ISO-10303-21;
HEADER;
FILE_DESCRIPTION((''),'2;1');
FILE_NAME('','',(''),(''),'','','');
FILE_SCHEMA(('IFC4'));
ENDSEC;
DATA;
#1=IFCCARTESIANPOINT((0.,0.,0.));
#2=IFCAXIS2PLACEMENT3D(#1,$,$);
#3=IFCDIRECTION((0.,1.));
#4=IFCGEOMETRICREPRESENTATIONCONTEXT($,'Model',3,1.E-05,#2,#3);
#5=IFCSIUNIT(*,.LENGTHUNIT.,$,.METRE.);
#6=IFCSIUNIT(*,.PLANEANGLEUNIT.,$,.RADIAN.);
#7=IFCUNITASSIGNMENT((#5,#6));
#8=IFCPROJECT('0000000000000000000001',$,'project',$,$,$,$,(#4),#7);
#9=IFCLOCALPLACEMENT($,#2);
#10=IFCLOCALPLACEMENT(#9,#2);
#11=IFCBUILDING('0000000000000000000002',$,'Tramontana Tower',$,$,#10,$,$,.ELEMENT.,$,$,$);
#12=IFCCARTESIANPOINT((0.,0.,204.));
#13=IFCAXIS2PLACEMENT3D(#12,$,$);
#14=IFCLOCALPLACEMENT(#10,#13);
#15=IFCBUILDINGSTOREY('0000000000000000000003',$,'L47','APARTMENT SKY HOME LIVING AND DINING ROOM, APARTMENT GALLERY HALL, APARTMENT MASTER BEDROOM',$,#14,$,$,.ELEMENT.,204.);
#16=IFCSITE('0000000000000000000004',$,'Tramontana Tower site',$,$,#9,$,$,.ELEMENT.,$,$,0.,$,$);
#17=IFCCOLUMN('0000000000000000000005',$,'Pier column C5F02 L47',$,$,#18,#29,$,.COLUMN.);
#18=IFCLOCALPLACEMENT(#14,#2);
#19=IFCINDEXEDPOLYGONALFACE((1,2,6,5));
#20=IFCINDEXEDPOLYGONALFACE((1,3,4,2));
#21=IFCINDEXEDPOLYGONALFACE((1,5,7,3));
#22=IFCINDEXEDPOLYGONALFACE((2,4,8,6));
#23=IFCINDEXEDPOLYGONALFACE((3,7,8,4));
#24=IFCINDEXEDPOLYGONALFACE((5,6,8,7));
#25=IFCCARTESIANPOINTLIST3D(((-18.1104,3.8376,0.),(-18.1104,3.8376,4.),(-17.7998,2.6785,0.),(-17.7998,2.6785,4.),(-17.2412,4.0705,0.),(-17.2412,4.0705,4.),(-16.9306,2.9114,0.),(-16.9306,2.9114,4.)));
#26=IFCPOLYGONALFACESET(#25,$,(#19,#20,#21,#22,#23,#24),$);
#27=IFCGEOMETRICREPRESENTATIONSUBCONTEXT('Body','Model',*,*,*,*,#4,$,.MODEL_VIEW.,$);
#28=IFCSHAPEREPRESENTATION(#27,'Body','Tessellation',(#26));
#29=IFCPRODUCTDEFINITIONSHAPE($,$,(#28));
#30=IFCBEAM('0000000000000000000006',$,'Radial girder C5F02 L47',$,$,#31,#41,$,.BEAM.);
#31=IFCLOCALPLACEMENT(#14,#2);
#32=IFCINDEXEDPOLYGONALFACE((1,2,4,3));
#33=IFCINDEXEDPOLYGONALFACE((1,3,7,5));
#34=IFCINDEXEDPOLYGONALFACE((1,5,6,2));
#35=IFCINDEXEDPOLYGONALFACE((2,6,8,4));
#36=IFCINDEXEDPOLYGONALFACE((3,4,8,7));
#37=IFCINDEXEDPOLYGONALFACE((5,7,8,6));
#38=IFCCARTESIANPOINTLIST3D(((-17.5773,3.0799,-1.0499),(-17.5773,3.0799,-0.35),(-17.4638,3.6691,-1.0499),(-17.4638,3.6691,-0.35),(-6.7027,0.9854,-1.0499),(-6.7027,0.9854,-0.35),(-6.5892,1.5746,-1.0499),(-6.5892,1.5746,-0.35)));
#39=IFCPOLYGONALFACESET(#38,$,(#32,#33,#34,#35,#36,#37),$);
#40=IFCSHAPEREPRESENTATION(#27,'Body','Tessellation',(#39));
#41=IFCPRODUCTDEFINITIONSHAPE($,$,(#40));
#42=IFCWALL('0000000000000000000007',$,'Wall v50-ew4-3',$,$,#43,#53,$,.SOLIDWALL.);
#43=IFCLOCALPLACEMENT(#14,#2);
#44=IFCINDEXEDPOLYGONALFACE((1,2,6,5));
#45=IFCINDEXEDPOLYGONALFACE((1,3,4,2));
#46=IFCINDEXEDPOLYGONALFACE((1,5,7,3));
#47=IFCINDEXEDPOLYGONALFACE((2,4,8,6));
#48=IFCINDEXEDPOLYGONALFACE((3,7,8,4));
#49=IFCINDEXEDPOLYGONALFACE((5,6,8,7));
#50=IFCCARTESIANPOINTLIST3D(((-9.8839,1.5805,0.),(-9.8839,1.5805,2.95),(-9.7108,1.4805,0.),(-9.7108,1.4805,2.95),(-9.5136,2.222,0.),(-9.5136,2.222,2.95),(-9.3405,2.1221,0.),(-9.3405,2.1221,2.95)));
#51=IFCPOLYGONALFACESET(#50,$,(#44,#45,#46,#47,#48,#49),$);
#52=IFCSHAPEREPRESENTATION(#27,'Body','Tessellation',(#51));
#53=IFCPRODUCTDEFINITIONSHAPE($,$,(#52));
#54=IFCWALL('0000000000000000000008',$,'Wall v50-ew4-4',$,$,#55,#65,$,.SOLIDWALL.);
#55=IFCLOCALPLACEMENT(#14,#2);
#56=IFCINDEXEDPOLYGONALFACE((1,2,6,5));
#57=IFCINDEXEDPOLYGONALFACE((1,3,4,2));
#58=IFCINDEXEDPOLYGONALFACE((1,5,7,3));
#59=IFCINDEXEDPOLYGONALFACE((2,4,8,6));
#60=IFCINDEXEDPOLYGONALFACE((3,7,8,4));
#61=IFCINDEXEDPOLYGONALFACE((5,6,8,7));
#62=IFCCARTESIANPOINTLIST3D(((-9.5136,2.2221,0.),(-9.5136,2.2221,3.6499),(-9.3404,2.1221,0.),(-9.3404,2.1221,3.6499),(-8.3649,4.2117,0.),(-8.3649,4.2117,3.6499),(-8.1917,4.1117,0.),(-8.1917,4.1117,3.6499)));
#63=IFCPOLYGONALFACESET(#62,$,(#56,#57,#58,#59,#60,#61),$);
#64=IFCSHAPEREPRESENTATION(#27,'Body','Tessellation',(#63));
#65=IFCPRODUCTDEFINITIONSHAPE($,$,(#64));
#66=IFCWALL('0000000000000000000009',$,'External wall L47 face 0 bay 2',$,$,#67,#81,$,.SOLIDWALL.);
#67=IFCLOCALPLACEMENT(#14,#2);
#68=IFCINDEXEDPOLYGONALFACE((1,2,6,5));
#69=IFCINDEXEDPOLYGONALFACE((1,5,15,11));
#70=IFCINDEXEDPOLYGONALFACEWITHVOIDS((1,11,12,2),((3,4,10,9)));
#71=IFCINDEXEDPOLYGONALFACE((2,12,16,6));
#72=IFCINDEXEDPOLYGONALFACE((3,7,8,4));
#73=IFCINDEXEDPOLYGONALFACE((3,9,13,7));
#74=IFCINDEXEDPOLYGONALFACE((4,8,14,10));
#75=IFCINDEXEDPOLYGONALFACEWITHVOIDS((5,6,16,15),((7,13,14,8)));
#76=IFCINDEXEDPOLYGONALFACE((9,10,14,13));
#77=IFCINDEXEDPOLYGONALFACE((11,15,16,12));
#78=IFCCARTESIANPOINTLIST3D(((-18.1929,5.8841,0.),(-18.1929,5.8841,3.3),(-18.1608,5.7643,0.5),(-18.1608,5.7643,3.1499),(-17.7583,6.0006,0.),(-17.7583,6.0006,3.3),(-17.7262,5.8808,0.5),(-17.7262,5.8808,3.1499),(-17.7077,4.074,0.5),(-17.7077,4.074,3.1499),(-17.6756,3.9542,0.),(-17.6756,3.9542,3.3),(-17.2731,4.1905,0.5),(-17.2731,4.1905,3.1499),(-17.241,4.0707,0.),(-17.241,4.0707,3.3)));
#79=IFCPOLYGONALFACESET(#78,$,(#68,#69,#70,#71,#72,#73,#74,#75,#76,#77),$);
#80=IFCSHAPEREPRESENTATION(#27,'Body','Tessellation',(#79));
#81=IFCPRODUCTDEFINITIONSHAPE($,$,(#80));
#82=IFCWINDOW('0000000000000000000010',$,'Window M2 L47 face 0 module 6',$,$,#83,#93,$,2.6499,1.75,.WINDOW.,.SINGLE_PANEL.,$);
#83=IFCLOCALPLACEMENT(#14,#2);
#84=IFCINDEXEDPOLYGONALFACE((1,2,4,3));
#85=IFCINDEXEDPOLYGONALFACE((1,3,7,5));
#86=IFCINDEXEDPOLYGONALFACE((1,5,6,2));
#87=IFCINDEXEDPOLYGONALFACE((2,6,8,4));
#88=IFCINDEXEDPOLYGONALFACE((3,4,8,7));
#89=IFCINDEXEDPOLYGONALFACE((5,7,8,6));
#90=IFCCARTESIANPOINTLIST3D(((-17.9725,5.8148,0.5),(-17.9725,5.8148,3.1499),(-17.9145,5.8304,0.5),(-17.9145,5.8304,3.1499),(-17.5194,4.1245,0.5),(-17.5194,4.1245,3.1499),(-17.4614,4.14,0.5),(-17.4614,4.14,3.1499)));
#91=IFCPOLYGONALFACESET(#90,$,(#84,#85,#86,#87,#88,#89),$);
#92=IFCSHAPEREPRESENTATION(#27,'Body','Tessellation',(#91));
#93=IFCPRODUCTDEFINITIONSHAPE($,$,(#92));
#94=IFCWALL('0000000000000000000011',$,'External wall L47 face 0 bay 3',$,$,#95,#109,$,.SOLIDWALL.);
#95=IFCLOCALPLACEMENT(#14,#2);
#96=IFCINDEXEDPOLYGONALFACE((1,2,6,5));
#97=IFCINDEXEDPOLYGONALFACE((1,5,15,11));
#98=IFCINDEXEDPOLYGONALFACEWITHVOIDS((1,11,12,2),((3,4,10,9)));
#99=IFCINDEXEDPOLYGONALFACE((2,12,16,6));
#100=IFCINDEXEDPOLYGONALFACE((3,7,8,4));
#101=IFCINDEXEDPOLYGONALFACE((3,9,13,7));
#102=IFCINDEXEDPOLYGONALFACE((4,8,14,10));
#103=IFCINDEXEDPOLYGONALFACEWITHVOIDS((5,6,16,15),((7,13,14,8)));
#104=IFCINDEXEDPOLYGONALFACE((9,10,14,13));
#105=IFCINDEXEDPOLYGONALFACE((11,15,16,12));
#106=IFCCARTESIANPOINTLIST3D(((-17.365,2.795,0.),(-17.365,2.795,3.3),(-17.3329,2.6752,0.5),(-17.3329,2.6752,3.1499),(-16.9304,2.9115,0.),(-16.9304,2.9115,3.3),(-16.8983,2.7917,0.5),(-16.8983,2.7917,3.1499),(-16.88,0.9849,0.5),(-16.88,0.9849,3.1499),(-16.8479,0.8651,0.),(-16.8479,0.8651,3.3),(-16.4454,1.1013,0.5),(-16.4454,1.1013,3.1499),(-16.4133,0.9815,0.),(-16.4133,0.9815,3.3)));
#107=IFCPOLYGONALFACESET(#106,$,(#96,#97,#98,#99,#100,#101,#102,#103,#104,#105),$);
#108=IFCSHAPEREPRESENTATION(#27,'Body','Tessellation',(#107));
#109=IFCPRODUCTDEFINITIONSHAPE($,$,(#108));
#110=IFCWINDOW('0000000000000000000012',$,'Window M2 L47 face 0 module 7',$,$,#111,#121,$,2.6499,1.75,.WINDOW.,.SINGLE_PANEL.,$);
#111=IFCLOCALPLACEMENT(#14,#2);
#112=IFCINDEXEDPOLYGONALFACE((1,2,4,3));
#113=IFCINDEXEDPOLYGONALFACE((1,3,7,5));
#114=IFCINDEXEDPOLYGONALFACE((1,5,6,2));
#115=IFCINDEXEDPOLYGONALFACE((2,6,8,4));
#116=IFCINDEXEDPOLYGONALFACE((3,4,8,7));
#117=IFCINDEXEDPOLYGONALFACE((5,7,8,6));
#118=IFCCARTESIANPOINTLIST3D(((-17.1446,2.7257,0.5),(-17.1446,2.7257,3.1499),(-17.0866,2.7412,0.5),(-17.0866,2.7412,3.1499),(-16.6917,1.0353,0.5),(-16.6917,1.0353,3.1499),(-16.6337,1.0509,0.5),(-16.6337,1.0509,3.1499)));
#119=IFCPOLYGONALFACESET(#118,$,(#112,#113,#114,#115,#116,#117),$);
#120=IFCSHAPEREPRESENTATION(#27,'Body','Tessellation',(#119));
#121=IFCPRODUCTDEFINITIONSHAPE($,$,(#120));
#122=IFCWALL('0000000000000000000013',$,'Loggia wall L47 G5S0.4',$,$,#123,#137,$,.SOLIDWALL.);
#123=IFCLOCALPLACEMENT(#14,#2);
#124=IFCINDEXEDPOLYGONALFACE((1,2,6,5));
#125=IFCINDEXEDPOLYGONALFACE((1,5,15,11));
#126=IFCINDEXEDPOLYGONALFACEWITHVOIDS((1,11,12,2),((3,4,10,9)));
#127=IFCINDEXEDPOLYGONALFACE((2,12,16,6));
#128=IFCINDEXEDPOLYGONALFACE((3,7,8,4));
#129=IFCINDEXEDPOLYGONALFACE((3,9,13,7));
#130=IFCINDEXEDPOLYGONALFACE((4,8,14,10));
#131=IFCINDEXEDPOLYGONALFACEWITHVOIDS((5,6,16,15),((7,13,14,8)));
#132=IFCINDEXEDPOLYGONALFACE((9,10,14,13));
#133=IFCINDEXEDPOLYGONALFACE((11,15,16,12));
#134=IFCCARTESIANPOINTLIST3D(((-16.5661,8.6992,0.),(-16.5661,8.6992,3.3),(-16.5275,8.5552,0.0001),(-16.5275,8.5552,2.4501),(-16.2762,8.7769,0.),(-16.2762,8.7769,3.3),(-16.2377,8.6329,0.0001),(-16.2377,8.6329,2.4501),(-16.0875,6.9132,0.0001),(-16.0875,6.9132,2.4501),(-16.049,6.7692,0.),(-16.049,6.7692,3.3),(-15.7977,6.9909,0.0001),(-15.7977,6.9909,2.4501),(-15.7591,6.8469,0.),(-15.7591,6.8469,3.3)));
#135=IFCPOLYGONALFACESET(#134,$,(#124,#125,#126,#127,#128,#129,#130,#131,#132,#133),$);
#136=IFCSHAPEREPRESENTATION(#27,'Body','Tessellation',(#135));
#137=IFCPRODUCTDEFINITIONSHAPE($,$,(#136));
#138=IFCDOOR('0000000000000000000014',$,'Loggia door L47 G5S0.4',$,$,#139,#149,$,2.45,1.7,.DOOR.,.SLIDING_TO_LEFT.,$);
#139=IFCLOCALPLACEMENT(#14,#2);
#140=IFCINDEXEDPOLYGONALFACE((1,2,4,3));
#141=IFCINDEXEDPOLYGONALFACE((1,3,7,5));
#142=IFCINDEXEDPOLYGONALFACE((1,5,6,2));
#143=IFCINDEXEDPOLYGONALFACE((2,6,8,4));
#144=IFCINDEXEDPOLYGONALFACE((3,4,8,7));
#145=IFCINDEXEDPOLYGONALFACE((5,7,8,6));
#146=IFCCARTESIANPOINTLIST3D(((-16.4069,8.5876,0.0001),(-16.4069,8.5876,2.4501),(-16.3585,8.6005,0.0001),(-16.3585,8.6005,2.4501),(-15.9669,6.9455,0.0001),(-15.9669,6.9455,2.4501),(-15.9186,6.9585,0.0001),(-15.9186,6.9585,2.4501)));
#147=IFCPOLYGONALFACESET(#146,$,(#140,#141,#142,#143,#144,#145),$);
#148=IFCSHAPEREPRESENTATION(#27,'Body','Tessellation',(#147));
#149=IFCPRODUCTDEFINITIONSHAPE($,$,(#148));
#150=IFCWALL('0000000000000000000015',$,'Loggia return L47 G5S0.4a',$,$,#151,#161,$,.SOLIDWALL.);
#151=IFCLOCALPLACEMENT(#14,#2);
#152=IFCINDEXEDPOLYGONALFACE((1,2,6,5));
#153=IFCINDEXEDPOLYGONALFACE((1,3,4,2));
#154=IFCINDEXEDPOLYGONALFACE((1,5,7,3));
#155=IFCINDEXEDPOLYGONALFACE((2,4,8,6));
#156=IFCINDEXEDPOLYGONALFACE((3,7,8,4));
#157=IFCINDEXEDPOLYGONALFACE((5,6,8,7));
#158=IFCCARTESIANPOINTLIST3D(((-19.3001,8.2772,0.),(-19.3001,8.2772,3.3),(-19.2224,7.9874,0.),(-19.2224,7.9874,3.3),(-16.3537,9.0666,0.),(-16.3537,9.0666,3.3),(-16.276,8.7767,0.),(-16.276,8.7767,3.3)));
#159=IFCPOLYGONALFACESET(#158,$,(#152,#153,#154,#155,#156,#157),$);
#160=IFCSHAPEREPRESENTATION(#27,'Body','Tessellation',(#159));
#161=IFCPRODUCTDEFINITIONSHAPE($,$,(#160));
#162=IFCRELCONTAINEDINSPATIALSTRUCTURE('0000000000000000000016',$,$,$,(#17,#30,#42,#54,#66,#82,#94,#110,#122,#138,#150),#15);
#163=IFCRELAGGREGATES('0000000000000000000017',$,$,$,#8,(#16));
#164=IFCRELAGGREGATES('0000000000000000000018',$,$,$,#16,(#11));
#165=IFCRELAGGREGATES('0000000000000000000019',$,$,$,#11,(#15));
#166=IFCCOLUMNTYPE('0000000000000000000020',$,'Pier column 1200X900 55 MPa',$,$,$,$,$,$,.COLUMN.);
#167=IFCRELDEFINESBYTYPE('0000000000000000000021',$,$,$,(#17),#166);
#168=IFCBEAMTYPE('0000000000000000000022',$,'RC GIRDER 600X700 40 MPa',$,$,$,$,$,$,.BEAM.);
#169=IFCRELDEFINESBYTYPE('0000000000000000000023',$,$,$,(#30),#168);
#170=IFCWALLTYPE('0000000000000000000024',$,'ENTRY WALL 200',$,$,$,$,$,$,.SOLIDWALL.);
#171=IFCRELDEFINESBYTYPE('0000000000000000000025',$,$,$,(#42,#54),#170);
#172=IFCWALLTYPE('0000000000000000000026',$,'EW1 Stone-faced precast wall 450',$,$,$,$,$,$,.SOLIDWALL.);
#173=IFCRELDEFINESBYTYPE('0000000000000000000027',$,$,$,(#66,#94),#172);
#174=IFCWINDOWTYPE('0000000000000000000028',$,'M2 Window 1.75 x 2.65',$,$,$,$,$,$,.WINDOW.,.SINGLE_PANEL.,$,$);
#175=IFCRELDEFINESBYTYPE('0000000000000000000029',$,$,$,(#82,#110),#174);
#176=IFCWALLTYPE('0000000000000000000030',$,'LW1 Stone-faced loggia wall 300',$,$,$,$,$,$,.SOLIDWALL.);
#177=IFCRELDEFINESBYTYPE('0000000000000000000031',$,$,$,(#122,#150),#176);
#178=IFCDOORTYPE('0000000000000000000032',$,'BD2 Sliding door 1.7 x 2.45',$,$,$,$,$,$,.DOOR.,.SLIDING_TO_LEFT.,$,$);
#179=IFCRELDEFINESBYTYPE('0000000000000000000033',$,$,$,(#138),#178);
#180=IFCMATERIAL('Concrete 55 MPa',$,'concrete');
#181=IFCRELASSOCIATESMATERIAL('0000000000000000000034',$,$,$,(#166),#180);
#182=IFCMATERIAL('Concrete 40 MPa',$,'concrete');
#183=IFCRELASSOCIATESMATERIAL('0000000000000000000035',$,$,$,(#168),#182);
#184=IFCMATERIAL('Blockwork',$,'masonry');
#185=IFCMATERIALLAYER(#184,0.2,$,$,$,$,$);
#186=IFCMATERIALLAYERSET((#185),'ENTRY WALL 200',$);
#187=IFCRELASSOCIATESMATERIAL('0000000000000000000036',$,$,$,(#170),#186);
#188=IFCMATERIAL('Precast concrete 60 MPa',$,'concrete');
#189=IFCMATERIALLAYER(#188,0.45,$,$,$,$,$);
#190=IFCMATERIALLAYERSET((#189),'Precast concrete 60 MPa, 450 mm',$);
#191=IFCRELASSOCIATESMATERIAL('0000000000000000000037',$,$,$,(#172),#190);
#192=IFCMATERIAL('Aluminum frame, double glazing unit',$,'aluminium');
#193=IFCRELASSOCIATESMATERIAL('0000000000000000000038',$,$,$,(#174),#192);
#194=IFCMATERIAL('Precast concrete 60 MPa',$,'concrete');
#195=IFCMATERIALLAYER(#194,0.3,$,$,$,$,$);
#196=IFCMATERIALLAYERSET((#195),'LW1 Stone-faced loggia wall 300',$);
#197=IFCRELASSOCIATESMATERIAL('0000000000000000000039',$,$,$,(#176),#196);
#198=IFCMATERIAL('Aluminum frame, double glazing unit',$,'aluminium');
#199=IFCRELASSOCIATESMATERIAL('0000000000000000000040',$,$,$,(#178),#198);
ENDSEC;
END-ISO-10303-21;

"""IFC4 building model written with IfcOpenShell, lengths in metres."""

from ifc_helpers import new_model, si_unit, direction, frame, frame_2d, origin, origin_2d, place, context, subcontext, project, spatial, rectangle, extrude, material, layer, layer_set, material_profile, profile_set, type_object, element, fill, save


model = new_model("IFC4")

# Units and contexts
model_context = context("Model", 3, precision=1e-05, world=origin(), true_north=direction((0.0, 1.0)))
body_context = subcontext(model_context, "Body", "Model", "MODEL_VIEW")
ifc_project = project(units=[si_unit("LENGTHUNIT", "METRE"), si_unit("PLANEANGLEUNIT", "RADIAN")], contexts=[model_context])

# Site, building, storey
site_placement = place(None, origin())
site = spatial("IfcSite", under=ifc_project, at=site_placement, Name="Tramontana Tower site", CompositionType="ELEMENT", RefElevation=0.0)
building_placement = place(site_placement, origin())
building = spatial("IfcBuilding", under=site, at=building_placement, Name="Tramontana Tower", CompositionType="ELEMENT")
storey_placement = place(building_placement, frame((0.0, 0.0, 204.0)))
storey = spatial("IfcBuildingStorey", under=building, at=storey_placement, Name="L47", Description="APARTMENT SKY HOME LIVING AND DINING ROOM, APARTMENT GALLERY HALL, APARTMENT MASTER BEDROOM", CompositionType="ELEMENT", Elevation=204.0)

# Column
ifc_material_1 = material(Name="Concrete 55 MPa", Category="concrete")
ifc_material_profile_1 = material_profile(ifc_material_1, rectangle(XDim=1.2, YDim=0.8999, at=origin_2d()), Name="Pier column 1200X900 55 MPa")
ifc_profile_set_1 = profile_set([ifc_material_profile_1], Name="Concrete 55 MPa")
column_type = type_object("IfcColumnType", Name="Pier column 1200X900 55 MPa", PredefinedType="COLUMN", material=ifc_profile_set_1)
column_placement = place(storey_placement, frame((-17.5205, 3.3745, 0.0), z_axis=(0.0, 0.0, 1.0), x_axis=(0.258819, -0.965926, 0.0)))
element("IfcColumn", 1, at=column_placement, inside=storey, type_object=column_type, Name="Pier column C5F02 L47", PredefinedType="COLUMN", context=body_context, shape_type="SweptSolid", body=[
    extrude(rectangle(XDim=1.2, YDim=0.8999, at=origin_2d()), origin(), (0.0, 0.0, 1.0), 4.0),
])

# Beam
ifc_material_2 = material(Name="Concrete 40 MPa", Category="concrete")
ifc_material_profile_2 = material_profile(ifc_material_2, rectangle(XDim=0.6001, YDim=0.7, at=origin_2d()), Name="RC GIRDER 600X700 40 MPa")
ifc_profile_set_2 = profile_set([ifc_material_profile_2], Name="Concrete 40 MPa")
beam_type = type_object("IfcBeamType", Name="RC GIRDER 600X700 40 MPa", PredefinedType="BEAM", material=ifc_profile_set_2)
beam_placement = place(storey_placement, frame((-17.5205, 3.3745, -0.7), z_axis=(0.981952, -0.189129, 0.0), x_axis=(0.189129, 0.981952, 0.0)))
element("IfcBeam", 2, at=beam_placement, inside=storey, type_object=beam_type, Name="Radial girder C5F02 L47", PredefinedType="BEAM", context=body_context, shape_type="SweptSolid", body=[
    extrude(rectangle(XDim=0.6001, YDim=0.7, at=origin_2d()), origin(), (0.0, 0.0, 1.0), 11.0745),
])

# Walls
ifc_material_3 = material(Name="Blockwork", Category="masonry")
ifc_layer_1 = layer(ifc_material_3, 0.2)
ifc_layer_set_1 = layer_set([ifc_layer_1], Name="ENTRY WALL 200")
wall_type_1 = type_object("IfcWallType", Name="ENTRY WALL 200", PredefinedType="SOLIDWALL", material=ifc_layer_set_1)
wall_1_placement = place(storey_placement, frame((-9.7974, 1.5305, 0.0), z_axis=(0.0, 0.0, 1.0), x_axis=(0.499932, 0.866065, 0.0)))
element("IfcWall", 3, at=wall_1_placement, inside=storey, type_object=wall_type_1, Name="Wall v50-ew4-3", PredefinedType="SOLIDWALL", context=body_context, shape_type="SweptSolid", body=[
    extrude(rectangle(XDim=0.7407, YDim=0.2, at=frame_2d((0.3704, 0.0))), origin(), (0.0, 0.0, 1.0), 2.95),
])
wall_2_placement = place(storey_placement, frame((-9.427, 2.1721, 0.0), z_axis=(0.0, 0.0, 1.0), x_axis=(0.500014, 0.866017, 0.0)))
element("IfcWall", 4, at=wall_2_placement, inside=storey, type_object=wall_type_1, Name="Wall v50-ew4-4", PredefinedType="SOLIDWALL", context=body_context, shape_type="SweptSolid", body=[
    extrude(rectangle(XDim=2.2974, YDim=0.2, at=frame_2d((1.1487, 0.0))), origin(), (0.0, 0.0, 1.0), 3.6499),
])

# Walls, openings, windows
ifc_material_4 = material(Name="Precast concrete 60 MPa", Category="concrete")
ifc_layer_2 = layer(ifc_material_4, 0.45)
ifc_layer_set_2 = layer_set([ifc_layer_2], Name="Precast concrete 60 MPa, 450 mm")
wall_type_2 = type_object("IfcWallType", Name="EW1 Stone-faced precast wall 450", PredefinedType="SOLIDWALL", material=ifc_layer_set_2)
wall_3_placement = place(storey_placement, frame((-17.9756, 5.9424, 0.0), z_axis=(0.0, 0.0, 1.0), x_axis=(0.258917, -0.9659, 0.0)))
wall_3 = element("IfcWall", 5, at=wall_3_placement, inside=storey, type_object=wall_type_2, Name="External wall L47 face 0 bay 2", PredefinedType="SOLIDWALL", context=body_context, shape_type="SweptSolid", body=[
    extrude(rectangle(XDim=1.998, YDim=0.45, at=frame_2d((0.999, 0.0))), origin(), (0.0, 0.0, 1.0), 3.3),
])
opening_1_placement = place(wall_3_placement, frame((0.124, 0.0, 0.5)))
opening_1 = element("IfcOpeningElement", 6, at=opening_1_placement, cuts=wall_3, PredefinedType="OPENING", context=body_context, shape_type="SweptSolid", body=[
    extrude(rectangle(XDim=1.75, YDim=2.6499, at=frame_2d((0.875, 1.325))), frame((0.0, 0.2349, 0.0), z_axis=(0.0, -1.0, 0.0), x_axis=(1.0, 0.0, 0.0)), (0.0, 0.0, 1.0), 0.47),
])
ifc_material_5 = material(Name="Aluminum frame, double glazing unit", Category="aluminium")
window_type = type_object("IfcWindowType", Name="M2 Window 1.75 x 2.65", PartitioningType="SINGLE_PANEL", PredefinedType="WINDOW", material=ifc_material_5)
window_1_placement = place(opening_1_placement, origin())
window_1 = element("IfcWindow", 7, at=window_1_placement, inside=storey, type_object=window_type, Name="Window M2 L47 face 0 module 6", OverallHeight=2.6499, OverallWidth=1.75, PartitioningType="SINGLE_PANEL", PredefinedType="WINDOW", context=body_context, shape_type="SweptSolid", body=[
    extrude(rectangle(XDim=1.75, YDim=2.6499, at=frame_2d((0.875, 1.325))), frame((0.0, 0.03, 0.0), z_axis=(0.0, -1.0, 0.0), x_axis=(1.0, 0.0, 0.0)), (0.0, 0.0, 1.0), 0.0601),
])
fill(opening_1, window_1)
wall_4_placement = place(storey_placement, frame((-17.1477, 2.8533, 0.0), z_axis=(0.0, 0.0, 1.0), x_axis=(0.258803, -0.96593, 0.0)))
wall_4 = element("IfcWall", 8, at=wall_4_placement, inside=storey, type_object=wall_type_2, Name="External wall L47 face 0 bay 3", PredefinedType="SOLIDWALL", context=body_context, shape_type="SweptSolid", body=[
    extrude(rectangle(XDim=1.998, YDim=0.45, at=frame_2d((0.999, 0.0))), origin(), (0.0, 0.0, 1.0), 3.3),
])
opening_2_placement = place(wall_4_placement, frame((0.124, 0.0, 0.5)))
opening_2 = element("IfcOpeningElement", 9, at=opening_2_placement, cuts=wall_4, PredefinedType="OPENING", context=body_context, shape_type="SweptSolid", body=[
    extrude(rectangle(XDim=1.75, YDim=2.6499, at=frame_2d((0.875, 1.325))), frame((0.0, 0.2349, 0.0), z_axis=(0.0, -1.0, 0.0), x_axis=(1.0, 0.0, 0.0)), (0.0, 0.0, 1.0), 0.47),
])
window_2_placement = place(opening_2_placement, origin())
window_2 = element("IfcWindow", 10, at=window_2_placement, inside=storey, type_object=window_type, Name="Window M2 L47 face 0 module 7", OverallHeight=2.6499, OverallWidth=1.75, PartitioningType="SINGLE_PANEL", PredefinedType="WINDOW", context=body_context, shape_type="SweptSolid", body=[
    extrude(rectangle(XDim=1.75, YDim=2.6499, at=frame_2d((0.875, 1.325))), frame((0.0, 0.03, 0.0), z_axis=(0.0, -1.0, 0.0), x_axis=(1.0, 0.0, 0.0)), (0.0, 0.0, 1.0), 0.0601),
])
fill(opening_2, window_2)

# Wall, opening, door
ifc_material_6 = material(Name="Precast concrete 60 MPa", Category="concrete")
ifc_layer_3 = layer(ifc_material_6, 0.3)
ifc_layer_set_3 = layer_set([ifc_layer_3], Name="LW1 Stone-faced loggia wall 300")
wall_type_3 = type_object("IfcWallType", Name="LW1 Stone-faced loggia wall 300", PredefinedType="SOLIDWALL", material=ifc_layer_set_3)
wall_5_placement = place(storey_placement, frame((-16.4211, 8.738, 0.0), z_axis=(0.0, 0.0, 1.0), x_axis=(0.258803, -0.96593, 0.0)))
wall_5 = element("IfcWall", 11, at=wall_5_placement, inside=storey, type_object=wall_type_3, Name="Loggia wall L47 G5S0.4", PredefinedType="SOLIDWALL", context=body_context, shape_type="SweptSolid", body=[
    extrude(rectangle(XDim=1.998, YDim=0.3, at=frame_2d((0.999, 0.0))), origin(), (0.0, 0.0, 1.0), 3.3),
])
opening_3_placement = place(wall_5_placement, frame((0.1489, 0.0, 0.0)))
opening_3 = element("IfcOpeningElement", 12, at=opening_3_placement, cuts=wall_5, PredefinedType="OPENING", context=body_context, shape_type="SweptSolid", body=[
    extrude(rectangle(XDim=1.7, YDim=2.45, at=frame_2d((0.8501, 1.2251))), frame((0.0, 0.1599, 0.0), z_axis=(0.0, -1.0, 0.0), x_axis=(1.0, 0.0, 0.0)), (0.0, 0.0, 1.0), 0.3201),
])
ifc_material_7 = material(Name="Aluminum frame, double glazing unit", Category="aluminium")
door_type_1 = type_object("IfcDoorType", Name="BD2 Sliding door 1.7 x 2.45", OperationType="SLIDING_TO_LEFT", PredefinedType="DOOR", material=ifc_material_7)
door_1_placement = place(opening_3_placement, origin())
door_1 = element("IfcDoor", 13, at=door_1_placement, inside=storey, type_object=door_type_1, Name="Loggia door L47 G5S0.4", OperationType="SLIDING_TO_LEFT", OverallHeight=2.45, OverallWidth=1.7, PredefinedType="DOOR", context=body_context, shape_type="SweptSolid", body=[
    extrude(rectangle(XDim=1.7, YDim=2.45, at=frame_2d((0.8501, 1.2251))), frame((0.0, 0.0249, 0.0), z_axis=(0.0, -1.0, 0.0), x_axis=(1.0, 0.0, 0.0)), (0.0, 0.0, 1.0), 0.05),
])
fill(opening_3, door_1)

# Wall
wall_6_placement = place(storey_placement, frame((-19.2612, 8.1323, 0.0), z_axis=(0.0, 0.0, 1.0), x_axis=(0.965938, 0.258773, 0.0)))
element("IfcWall", 14, at=wall_6_placement, inside=storey, type_object=wall_type_3, Name="Loggia return L47 G5S0.4a", PredefinedType="SOLIDWALL", context=body_context, shape_type="SweptSolid", body=[
    extrude(rectangle(XDim=3.0503, YDim=0.3, at=frame_2d((1.5251, 0.0))), origin(), (0.0, 0.0, 1.0), 3.3),
])

save(model, "model.ifc")
